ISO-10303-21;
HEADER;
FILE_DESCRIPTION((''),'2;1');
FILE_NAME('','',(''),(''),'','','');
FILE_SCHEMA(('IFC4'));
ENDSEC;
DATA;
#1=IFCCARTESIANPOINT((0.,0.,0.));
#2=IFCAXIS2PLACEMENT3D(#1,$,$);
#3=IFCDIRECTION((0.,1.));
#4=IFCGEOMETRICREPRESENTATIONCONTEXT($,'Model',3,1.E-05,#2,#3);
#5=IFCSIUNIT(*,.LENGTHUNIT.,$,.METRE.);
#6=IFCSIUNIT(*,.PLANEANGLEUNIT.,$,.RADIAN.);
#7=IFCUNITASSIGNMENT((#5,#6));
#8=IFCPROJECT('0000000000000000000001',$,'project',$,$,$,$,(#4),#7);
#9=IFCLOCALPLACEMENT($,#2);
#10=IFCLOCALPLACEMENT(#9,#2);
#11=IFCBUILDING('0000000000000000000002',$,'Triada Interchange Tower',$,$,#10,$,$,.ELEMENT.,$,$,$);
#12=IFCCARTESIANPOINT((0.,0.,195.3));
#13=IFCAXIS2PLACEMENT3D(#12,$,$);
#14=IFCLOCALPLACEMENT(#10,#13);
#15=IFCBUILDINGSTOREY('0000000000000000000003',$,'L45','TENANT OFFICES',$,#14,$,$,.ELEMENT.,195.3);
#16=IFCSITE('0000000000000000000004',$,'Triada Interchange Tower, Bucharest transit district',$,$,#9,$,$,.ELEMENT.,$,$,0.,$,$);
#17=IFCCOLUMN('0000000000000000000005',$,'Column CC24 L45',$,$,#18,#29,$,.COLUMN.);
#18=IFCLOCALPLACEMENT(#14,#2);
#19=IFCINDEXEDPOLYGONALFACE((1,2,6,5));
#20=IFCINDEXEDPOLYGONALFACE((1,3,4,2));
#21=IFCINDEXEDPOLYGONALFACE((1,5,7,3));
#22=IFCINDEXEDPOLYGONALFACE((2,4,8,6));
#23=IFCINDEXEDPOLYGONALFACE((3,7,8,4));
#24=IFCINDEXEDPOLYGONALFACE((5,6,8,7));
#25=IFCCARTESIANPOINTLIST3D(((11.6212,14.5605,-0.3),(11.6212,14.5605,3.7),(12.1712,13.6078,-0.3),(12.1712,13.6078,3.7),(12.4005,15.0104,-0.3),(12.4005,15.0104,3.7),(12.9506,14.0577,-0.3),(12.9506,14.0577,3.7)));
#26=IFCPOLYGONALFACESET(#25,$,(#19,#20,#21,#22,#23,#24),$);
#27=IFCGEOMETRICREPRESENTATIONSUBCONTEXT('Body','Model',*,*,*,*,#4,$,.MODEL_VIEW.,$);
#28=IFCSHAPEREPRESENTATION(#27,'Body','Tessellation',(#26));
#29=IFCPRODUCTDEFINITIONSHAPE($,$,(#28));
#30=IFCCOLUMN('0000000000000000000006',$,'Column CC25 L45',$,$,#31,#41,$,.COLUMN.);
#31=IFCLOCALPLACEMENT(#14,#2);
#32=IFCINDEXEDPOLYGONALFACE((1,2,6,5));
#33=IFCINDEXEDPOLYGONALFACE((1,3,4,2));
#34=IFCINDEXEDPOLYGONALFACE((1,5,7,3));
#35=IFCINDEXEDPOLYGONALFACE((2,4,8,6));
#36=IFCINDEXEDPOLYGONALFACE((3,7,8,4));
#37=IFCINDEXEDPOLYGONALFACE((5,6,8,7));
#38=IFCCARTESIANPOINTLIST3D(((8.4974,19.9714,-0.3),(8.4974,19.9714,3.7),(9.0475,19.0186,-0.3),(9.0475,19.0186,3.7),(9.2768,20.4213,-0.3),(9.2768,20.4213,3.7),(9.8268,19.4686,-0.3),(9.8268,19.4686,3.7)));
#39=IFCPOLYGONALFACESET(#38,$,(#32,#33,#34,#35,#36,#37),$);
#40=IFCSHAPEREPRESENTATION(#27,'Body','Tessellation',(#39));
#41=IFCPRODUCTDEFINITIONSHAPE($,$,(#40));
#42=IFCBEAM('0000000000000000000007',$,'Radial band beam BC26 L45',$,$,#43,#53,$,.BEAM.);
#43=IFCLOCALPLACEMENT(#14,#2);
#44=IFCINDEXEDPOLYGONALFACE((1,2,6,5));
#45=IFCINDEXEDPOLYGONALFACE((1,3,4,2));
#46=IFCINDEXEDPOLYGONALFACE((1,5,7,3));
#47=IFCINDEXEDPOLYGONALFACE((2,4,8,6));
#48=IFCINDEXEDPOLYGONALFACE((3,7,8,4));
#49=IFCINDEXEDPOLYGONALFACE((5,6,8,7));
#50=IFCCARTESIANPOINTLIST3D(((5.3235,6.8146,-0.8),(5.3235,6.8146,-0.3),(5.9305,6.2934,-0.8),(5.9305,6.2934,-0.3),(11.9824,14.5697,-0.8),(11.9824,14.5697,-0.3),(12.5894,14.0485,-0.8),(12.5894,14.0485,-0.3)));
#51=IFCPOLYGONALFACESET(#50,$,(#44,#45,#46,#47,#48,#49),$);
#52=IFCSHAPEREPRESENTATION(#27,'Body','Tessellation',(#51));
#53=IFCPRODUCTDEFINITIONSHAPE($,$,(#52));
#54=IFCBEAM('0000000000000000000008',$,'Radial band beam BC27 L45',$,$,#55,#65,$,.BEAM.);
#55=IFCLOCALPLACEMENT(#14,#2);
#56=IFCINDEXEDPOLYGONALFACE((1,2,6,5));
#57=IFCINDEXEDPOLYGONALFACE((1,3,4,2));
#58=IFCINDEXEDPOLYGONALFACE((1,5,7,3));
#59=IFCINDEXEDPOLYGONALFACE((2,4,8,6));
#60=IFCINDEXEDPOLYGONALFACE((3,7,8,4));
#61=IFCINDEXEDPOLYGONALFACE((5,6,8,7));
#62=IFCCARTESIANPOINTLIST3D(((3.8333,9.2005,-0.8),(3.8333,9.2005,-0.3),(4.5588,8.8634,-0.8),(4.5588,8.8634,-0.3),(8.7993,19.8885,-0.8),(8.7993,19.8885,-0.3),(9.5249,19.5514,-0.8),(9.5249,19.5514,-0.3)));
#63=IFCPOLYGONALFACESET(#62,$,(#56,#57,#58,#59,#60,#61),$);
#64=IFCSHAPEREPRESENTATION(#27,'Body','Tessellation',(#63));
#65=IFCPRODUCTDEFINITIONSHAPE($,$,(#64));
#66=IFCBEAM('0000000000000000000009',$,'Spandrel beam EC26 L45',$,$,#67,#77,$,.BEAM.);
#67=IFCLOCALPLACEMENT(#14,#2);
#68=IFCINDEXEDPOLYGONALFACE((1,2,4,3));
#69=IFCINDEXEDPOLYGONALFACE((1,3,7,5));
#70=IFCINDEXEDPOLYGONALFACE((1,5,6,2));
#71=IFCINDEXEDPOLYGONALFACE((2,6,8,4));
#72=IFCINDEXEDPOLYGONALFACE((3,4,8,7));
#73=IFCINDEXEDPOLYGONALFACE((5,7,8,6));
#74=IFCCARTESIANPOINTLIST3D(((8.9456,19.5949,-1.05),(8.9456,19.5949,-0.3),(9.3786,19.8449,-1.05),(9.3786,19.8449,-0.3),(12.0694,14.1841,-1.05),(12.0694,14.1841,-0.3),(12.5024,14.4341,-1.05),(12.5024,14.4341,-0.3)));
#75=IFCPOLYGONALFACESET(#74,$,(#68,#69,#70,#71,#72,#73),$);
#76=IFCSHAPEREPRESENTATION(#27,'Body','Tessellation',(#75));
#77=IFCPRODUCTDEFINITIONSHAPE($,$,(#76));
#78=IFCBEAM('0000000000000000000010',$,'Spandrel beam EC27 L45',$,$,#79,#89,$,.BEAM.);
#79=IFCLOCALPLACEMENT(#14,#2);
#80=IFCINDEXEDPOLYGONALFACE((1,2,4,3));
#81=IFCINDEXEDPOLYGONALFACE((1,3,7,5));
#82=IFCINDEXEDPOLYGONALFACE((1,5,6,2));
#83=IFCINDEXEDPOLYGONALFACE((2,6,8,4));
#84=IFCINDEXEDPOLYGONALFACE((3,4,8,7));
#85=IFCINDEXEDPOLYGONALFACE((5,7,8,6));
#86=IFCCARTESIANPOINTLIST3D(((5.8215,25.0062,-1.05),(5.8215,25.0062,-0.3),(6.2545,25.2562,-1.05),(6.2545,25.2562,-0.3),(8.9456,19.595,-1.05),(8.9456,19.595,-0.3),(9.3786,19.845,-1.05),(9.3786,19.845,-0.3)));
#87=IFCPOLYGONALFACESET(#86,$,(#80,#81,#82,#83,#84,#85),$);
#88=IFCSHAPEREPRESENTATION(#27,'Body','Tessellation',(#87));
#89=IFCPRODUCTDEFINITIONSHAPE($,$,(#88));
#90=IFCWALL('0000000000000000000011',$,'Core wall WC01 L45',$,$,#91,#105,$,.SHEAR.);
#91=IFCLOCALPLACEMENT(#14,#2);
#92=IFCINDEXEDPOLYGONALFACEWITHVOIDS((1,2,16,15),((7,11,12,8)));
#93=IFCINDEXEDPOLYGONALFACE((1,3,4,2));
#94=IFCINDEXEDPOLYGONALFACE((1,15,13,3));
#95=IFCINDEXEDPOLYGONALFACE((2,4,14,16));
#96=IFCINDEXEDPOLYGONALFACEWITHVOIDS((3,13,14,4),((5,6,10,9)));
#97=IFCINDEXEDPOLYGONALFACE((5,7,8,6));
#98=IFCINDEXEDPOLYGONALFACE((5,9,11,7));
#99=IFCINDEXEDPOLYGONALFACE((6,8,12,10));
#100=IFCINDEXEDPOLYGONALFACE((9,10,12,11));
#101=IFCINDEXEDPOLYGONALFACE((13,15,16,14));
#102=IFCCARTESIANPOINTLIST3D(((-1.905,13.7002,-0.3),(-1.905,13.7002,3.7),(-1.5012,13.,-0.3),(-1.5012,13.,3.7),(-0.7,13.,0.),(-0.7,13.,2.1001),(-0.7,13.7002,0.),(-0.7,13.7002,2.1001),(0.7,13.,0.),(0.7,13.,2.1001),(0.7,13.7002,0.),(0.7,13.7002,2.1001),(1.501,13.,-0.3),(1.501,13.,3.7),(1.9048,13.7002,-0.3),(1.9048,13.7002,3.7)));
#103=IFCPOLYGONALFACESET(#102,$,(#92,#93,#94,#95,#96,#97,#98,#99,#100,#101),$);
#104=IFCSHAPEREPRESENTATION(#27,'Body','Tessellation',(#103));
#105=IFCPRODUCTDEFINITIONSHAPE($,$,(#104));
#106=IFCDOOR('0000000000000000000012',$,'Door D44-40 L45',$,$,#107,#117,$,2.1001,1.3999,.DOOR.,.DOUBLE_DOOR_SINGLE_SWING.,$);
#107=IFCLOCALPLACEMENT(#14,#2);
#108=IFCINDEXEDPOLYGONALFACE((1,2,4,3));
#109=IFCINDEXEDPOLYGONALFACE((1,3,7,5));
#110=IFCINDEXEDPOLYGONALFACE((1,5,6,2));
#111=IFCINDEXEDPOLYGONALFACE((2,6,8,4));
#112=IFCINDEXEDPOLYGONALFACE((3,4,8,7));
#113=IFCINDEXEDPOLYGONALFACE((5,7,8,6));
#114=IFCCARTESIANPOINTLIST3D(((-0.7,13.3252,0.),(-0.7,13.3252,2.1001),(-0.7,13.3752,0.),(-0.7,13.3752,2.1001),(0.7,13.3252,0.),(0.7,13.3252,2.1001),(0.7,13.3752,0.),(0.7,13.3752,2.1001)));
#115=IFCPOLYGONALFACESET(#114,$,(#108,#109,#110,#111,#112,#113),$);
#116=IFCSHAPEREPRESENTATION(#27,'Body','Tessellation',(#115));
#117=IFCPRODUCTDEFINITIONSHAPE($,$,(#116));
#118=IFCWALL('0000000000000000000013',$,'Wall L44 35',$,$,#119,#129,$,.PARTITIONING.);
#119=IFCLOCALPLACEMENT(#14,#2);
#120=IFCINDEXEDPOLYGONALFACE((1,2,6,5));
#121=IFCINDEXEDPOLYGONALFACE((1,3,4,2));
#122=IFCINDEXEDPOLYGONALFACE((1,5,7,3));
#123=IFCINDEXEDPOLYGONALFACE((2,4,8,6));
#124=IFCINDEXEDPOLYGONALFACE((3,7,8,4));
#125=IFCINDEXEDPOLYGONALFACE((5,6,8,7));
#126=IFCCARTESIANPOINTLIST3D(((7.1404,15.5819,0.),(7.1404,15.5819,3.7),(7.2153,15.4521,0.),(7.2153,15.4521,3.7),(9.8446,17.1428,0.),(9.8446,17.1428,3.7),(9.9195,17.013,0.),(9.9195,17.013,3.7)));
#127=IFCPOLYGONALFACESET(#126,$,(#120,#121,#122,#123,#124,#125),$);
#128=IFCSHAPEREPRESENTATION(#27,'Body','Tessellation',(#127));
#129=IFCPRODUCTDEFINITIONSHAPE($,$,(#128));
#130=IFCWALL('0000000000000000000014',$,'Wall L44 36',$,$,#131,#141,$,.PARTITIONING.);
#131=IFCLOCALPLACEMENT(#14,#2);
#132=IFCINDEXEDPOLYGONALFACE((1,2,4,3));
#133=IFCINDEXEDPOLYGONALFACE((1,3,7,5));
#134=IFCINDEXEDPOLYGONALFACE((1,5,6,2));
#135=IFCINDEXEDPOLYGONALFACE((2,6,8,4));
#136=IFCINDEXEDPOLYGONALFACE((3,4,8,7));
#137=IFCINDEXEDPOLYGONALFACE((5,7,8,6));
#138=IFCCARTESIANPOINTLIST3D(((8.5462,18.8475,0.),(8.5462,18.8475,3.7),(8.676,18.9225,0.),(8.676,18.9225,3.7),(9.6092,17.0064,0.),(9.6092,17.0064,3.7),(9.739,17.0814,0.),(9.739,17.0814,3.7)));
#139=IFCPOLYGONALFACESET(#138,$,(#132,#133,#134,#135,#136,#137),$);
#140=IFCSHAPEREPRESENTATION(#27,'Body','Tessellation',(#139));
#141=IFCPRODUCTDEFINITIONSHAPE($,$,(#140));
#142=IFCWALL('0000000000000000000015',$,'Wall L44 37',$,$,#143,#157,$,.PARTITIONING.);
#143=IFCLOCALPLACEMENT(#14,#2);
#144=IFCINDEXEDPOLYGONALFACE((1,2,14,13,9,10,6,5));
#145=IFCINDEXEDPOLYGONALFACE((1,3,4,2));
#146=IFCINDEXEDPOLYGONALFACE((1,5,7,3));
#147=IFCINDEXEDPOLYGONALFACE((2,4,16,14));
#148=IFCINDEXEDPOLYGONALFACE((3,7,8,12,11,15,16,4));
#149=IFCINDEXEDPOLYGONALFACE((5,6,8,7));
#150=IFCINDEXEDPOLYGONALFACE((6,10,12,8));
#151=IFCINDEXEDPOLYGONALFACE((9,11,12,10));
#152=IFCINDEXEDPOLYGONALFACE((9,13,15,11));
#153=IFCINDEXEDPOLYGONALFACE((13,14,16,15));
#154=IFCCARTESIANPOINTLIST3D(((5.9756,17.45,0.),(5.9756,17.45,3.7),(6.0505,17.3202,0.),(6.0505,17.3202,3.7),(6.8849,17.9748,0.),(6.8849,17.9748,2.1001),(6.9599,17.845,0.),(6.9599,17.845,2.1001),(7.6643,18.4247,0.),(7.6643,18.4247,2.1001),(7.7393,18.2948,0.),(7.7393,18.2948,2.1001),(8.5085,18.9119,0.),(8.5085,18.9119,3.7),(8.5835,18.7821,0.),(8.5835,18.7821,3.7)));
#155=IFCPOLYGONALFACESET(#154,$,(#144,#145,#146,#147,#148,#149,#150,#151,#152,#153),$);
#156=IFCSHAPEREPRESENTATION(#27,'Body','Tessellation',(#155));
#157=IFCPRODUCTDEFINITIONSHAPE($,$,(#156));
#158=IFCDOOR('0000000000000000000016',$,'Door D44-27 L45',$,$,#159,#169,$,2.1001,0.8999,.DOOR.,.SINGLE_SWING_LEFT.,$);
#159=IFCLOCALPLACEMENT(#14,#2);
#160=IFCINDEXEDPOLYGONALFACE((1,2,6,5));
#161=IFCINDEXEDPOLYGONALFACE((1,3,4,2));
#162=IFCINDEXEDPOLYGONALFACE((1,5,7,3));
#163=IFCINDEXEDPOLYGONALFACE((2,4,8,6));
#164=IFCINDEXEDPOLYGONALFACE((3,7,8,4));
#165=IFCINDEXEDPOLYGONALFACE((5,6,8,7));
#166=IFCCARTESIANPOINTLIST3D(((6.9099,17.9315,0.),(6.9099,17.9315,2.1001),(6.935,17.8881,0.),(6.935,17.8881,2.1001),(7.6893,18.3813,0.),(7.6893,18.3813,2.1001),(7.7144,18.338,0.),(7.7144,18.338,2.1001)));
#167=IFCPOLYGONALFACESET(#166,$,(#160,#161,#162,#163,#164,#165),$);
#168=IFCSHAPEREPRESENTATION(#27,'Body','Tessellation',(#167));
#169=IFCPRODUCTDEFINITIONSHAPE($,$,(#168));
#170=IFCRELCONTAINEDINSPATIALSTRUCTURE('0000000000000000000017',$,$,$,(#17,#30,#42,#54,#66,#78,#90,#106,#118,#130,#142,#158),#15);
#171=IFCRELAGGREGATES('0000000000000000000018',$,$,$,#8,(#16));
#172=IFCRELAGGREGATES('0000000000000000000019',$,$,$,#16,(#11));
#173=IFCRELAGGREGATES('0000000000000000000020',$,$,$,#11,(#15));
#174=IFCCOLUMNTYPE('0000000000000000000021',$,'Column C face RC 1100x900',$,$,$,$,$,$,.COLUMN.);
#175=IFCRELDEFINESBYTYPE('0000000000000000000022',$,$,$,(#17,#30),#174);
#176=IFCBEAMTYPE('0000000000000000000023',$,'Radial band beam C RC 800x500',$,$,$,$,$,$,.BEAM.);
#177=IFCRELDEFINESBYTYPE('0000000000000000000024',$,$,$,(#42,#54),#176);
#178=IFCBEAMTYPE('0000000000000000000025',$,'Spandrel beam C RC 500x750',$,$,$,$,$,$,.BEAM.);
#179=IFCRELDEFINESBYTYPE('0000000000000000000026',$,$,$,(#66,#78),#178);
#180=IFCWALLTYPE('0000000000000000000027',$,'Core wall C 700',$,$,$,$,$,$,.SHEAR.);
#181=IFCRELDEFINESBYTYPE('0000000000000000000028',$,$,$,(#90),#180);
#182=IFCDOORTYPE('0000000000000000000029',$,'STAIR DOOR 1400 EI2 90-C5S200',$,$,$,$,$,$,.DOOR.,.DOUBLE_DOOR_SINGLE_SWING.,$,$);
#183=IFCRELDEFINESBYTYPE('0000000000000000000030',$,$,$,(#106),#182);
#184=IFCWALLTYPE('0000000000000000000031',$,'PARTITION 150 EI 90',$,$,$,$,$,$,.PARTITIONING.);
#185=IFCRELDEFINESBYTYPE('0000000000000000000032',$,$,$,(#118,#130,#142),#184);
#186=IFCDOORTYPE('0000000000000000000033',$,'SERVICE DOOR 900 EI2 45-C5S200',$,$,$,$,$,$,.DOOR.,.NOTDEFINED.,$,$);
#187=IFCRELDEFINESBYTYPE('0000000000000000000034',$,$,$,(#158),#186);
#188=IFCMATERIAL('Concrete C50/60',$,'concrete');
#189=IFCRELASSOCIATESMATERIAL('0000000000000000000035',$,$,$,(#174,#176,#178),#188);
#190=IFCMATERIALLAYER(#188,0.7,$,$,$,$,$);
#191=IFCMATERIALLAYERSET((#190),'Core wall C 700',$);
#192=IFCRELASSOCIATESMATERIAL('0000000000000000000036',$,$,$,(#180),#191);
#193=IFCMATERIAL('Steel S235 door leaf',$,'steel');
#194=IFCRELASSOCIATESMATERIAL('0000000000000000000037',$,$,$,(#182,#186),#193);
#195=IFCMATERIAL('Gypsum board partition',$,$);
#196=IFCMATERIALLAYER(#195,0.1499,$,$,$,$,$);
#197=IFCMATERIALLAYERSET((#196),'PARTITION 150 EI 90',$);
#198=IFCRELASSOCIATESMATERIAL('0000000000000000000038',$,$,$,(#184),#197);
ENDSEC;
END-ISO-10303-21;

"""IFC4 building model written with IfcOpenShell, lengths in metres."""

from ifc_helpers import new_model, si_unit, direction, frame, frame_2d, origin, origin_2d, place, context, subcontext, project, spatial, polyline, rectangle, outline, extrude, material, layer, layer_set, material_profile, profile_set, type_object, element, fill, save


model = new_model("IFC4")

# Units and contexts
model_context = context("Model", 3, precision=1e-05, world=origin(), true_north=direction((0.0, 1.0)))
body_context = subcontext(model_context, "Body", "Model", "MODEL_VIEW")
ifc_project = project(units=[si_unit("LENGTHUNIT", "METRE"), si_unit("PLANEANGLEUNIT", "RADIAN")], contexts=[model_context])

# Site, building, storey
site_placement = place(None, origin())
site = spatial("IfcSite", under=ifc_project, at=site_placement, Name="Triada Interchange Tower, Bucharest transit district", CompositionType="ELEMENT", RefElevation=0.0)
building_placement = place(site_placement, origin())
building = spatial("IfcBuilding", under=site, at=building_placement, Name="Triada Interchange Tower", CompositionType="ELEMENT")
storey_placement = place(building_placement, frame((0.0, 0.0, 195.3)))
storey = spatial("IfcBuildingStorey", under=building, at=storey_placement, Name="L45", Description="TENANT OFFICES", CompositionType="ELEMENT", Elevation=195.3)

# Columns
ifc_material_1 = material(Name="Concrete C50/60", Category="concrete")
ifc_material_profile_1 = material_profile(ifc_material_1, rectangle(XDim=1.1001, YDim=0.8999, at=origin_2d()), Name="RC 1100x900")
ifc_profile_set_1 = profile_set([ifc_material_profile_1], Name="Concrete C50/60")
column_type = type_object("IfcColumnType", Name="Column C face RC 1100x900", PredefinedType="COLUMN", material=ifc_profile_set_1)
for number, where, z_axis, x_axis, name in (
    (1, (12.2859, 14.3091, -0.3), (0.0, 0.0, 1.0), (-0.5, 0.866025, 0.0), "Column CC24 L45"),
    (2, (9.1621, 19.72, -0.3), (0.0, 0.0, 1.0), (-0.5, 0.866025, 0.0), "Column CC25 L45"),
):
    element("IfcColumn", number, at=place(storey_placement, frame(where, z_axis=z_axis, x_axis=x_axis)), inside=storey, type_object=column_type, Name=name, PredefinedType="COLUMN", context=body_context, shape_type="SweptSolid", body=[
        extrude(rectangle(XDim=1.1001, YDim=0.8999, at=origin_2d()), origin(), (0.0, 0.0, 1.0), 4.0),
    ])

# Beams
ifc_material_profile_2 = material_profile(ifc_material_1, rectangle(XDim=0.8, YDim=0.5, at=origin_2d()), Name="RC 800x500")
ifc_profile_set_2 = profile_set([ifc_material_profile_2], Name="Concrete C50/60")
beam_type_1 = type_object("IfcBeamType", Name="Radial band beam C RC 800x500", PredefinedType="BEAM", material=ifc_profile_set_2)
beam_1_placement = place(storey_placement, frame((12.2859, 14.3091, -0.55), z_axis=(-0.65145, -0.758692, 0.0), x_axis=(0.758692, -0.65145, 0.0)))
element("IfcBeam", 3, at=beam_1_placement, inside=storey, type_object=beam_type_1, Name="Radial band beam BC26 L45", PredefinedType="BEAM", context=body_context, shape_type="SweptSolid", body=[
    extrude(rectangle(XDim=0.8, YDim=0.5, at=origin_2d()), origin(), (0.0, 0.0, 1.0), 10.2217),
])
beam_2_placement = place(storey_placement, frame((9.1621, 19.72, -0.55), z_axis=(-0.421375, -0.906886, 0.0), x_axis=(0.906886, -0.421375, 0.0)))
element("IfcBeam", 4, at=beam_2_placement, inside=storey, type_object=beam_type_1, Name="Radial band beam BC27 L45", PredefinedType="BEAM", context=body_context, shape_type="SweptSolid", body=[
    extrude(rectangle(XDim=0.8, YDim=0.5, at=origin_2d()), origin(), (0.0, 0.0, 1.0), 11.7854),
])
ifc_material_profile_3 = material_profile(ifc_material_1, rectangle(XDim=0.5, YDim=0.75, at=origin_2d()), Name="RC 500x750")
ifc_profile_set_3 = profile_set([ifc_material_profile_3], Name="Concrete C50/60")
beam_type_2 = type_object("IfcBeamType", Name="Spandrel beam C RC 500x750", PredefinedType="BEAM", material=ifc_profile_set_3)
beam_3_placement = place(storey_placement, frame((12.2859, 14.3091, -0.675), z_axis=(-0.499976, 0.866039, 0.0), x_axis=(-0.866039, -0.499976, 0.0)))
element("IfcBeam", 5, at=beam_3_placement, inside=storey, type_object=beam_type_2, Name="Spandrel beam EC26 L45", PredefinedType="BEAM", context=body_context, shape_type="SweptSolid", body=[
    extrude(rectangle(XDim=0.5, YDim=0.75, at=origin_2d()), origin(), (0.0, 0.0, 1.0), 6.2478),
])
beam_4_placement = place(storey_placement, frame((9.1621, 19.72, -0.675), z_axis=(-0.499989, 0.866032, 0.0), x_axis=(-0.866032, -0.499989, 0.0)))
element("IfcBeam", 6, at=beam_4_placement, inside=storey, type_object=beam_type_2, Name="Spandrel beam EC27 L45", PredefinedType="BEAM", context=body_context, shape_type="SweptSolid", body=[
    extrude(rectangle(XDim=0.5, YDim=0.75, at=origin_2d()), origin(), (0.0, 0.0, 1.0), 6.2483),
])

# Wall, opening, door
ifc_layer_1 = layer(ifc_material_1, 0.7)
ifc_layer_set_1 = layer_set([ifc_layer_1], Name="Core wall C 700")
wall_type_1 = type_object("IfcWallType", Name="Core wall C 700", PredefinedType="SHEAR", material=ifc_layer_set_1)
wall_1_placement = place(storey_placement, frame((1.7029, 13.3501, -0.3), z_axis=(0.0, 0.0, 1.0), x_axis=(-1.0, 0.0, 0.0)))
wall_1 = element("IfcWall", 7, at=wall_1_placement, inside=storey, type_object=wall_type_1, Name="Core wall WC01 L45", PredefinedType="SHEAR", context=body_context, shape_type="SweptSolid", body=[
    extrude(outline(polyline([(-0.2019, -0.3501), (1.7031, -0.3501), (3.6079, -0.3501), (3.2041, 0.3501), (1.7031, 0.3501), (0.2019, 0.3501), (-0.2019, -0.3501)])), origin(), (0.0, 0.0, 1.0), 4.0),
])
opening_1_placement = place(wall_1_placement, frame((1.0029, 0.0, 0.3)))
opening_1 = element("IfcOpeningElement", 8, at=opening_1_placement, cuts=wall_1, PredefinedType="OPENING", context=body_context, shape_type="SweptSolid", body=[
    extrude(rectangle(XDim=1.3999, YDim=2.1001, at=frame_2d((0.7, 1.05))), frame((0.0, 0.3601, 0.0), z_axis=(0.0, -1.0, 0.0), x_axis=(1.0, 0.0, 0.0)), (0.0, 0.0, 1.0), 0.7202),
])
ifc_material_2 = material(Name="Steel S235 door leaf", Category="steel")
door_type_1 = type_object("IfcDoorType", Name="STAIR DOOR 1400 EI2 90-C5S200", OperationType="DOUBLE_DOOR_SINGLE_SWING", PredefinedType="DOOR", material=ifc_material_2)
door_1_placement = place(opening_1_placement, origin())
door_1 = element("IfcDoor", 9, at=door_1_placement, inside=storey, type_object=door_type_1, Name="Door D44-40 L45", OperationType="DOUBLE_DOOR_SINGLE_SWING", OverallHeight=2.1001, OverallWidth=1.3999, PredefinedType="DOOR", context=body_context, shape_type="SweptSolid", body=[
    extrude(rectangle(XDim=1.3999, YDim=2.1001, at=frame_2d((0.7, 1.05))), frame((0.0, 0.0249, 0.0), z_axis=(0.0, -1.0, 0.0), x_axis=(1.0, 0.0, 0.0)), (0.0, 0.0, 1.0), 0.05),
])
fill(opening_1, door_1)

# Walls
ifc_material_3 = material(Name="Gypsum board partition")
ifc_layer_2 = layer(ifc_material_3, 0.1499)
ifc_layer_set_2 = layer_set([ifc_layer_2], Name="PARTITION 150 EI 90")
wall_type_2 = type_object("IfcWallType", Name="PARTITION 150 EI 90", PredefinedType="PARTITIONING", material=ifc_layer_set_2)
wall_2_placement = place(storey_placement, frame((7.178, 15.5171, 0.0), z_axis=(0.0, 0.0, 1.0), x_axis=(0.866084, 0.499898, 0.0)))
element("IfcWall", 10, at=wall_2_placement, inside=storey, type_object=wall_type_2, Name="Wall L44 35", PredefinedType="PARTITIONING", context=body_context, shape_type="SweptSolid", body=[
    extrude(rectangle(XDim=3.1223, YDim=0.1499, at=frame_2d((1.561, 0.0))), origin(), (0.0, 0.0, 1.0), 3.7),
])
wall_3_placement = place(storey_placement, frame((8.6111, 18.885, 0.0), z_axis=(0.0, 0.0, 1.0), x_axis=(0.500017, -0.866015, 0.0)))
element("IfcWall", 11, at=wall_3_placement, inside=storey, type_object=wall_type_2, Name="Wall L44 36", PredefinedType="PARTITIONING", context=body_context, shape_type="SweptSolid", body=[
    extrude(rectangle(XDim=2.126, YDim=0.1499, at=frame_2d((1.063, 0.0))), origin(), (0.0, 0.0, 1.0), 3.7),
])

# Wall, opening, door
wall_4_placement = place(storey_placement, frame((6.0129, 17.385, 0.0), z_axis=(0.0, 0.0, 1.0), x_axis=(0.866098, 0.499874, 0.0)))
wall_4 = element("IfcWall", 12, at=wall_4_placement, inside=storey, type_object=wall_type_2, Name="Wall L44 37", PredefinedType="PARTITIONING", context=body_context, shape_type="SweptSolid", body=[
    extrude(rectangle(XDim=2.9246, YDim=0.1499, at=frame_2d((1.4624, 0.0))), origin(), (0.0, 0.0, 1.0), 3.7),
])
opening_2_placement = place(wall_4_placement, frame((1.05, 0.0, 0.0)))
opening_2 = element("IfcOpeningElement", 13, at=opening_2_placement, cuts=wall_4, PredefinedType="OPENING", context=body_context, shape_type="SweptSolid", body=[
    extrude(rectangle(XDim=0.8999, YDim=2.1001, at=frame_2d((0.45, 1.05))), frame((0.0, 0.085, 0.0), z_axis=(0.0, -1.0, 0.0), x_axis=(1.0, 0.0, 0.0)), (0.0, 0.0, 1.0), 0.1699),
])
door_type_2 = type_object("IfcDoorType", Name="SERVICE DOOR 900 EI2 45-C5S200", OperationType="NOTDEFINED", PredefinedType="DOOR", material=ifc_material_2)
door_2_placement = place(opening_2_placement, origin())
door_2 = element("IfcDoor", 14, at=door_2_placement, inside=storey, type_object=door_type_2, Name="Door D44-27 L45", OperationType="SINGLE_SWING_LEFT", OverallHeight=2.1001, OverallWidth=0.8999, PredefinedType="DOOR", context=body_context, shape_type="SweptSolid", body=[
    extrude(rectangle(XDim=0.8999, YDim=2.1001, at=frame_2d((0.45, 1.05))), frame((0.0, 0.0249, 0.0), z_axis=(0.0, -1.0, 0.0), x_axis=(1.0, 0.0, 0.0)), (0.0, 0.0, 1.0), 0.05),
])
fill(opening_2, door_2)

save(model, "model.ifc")
